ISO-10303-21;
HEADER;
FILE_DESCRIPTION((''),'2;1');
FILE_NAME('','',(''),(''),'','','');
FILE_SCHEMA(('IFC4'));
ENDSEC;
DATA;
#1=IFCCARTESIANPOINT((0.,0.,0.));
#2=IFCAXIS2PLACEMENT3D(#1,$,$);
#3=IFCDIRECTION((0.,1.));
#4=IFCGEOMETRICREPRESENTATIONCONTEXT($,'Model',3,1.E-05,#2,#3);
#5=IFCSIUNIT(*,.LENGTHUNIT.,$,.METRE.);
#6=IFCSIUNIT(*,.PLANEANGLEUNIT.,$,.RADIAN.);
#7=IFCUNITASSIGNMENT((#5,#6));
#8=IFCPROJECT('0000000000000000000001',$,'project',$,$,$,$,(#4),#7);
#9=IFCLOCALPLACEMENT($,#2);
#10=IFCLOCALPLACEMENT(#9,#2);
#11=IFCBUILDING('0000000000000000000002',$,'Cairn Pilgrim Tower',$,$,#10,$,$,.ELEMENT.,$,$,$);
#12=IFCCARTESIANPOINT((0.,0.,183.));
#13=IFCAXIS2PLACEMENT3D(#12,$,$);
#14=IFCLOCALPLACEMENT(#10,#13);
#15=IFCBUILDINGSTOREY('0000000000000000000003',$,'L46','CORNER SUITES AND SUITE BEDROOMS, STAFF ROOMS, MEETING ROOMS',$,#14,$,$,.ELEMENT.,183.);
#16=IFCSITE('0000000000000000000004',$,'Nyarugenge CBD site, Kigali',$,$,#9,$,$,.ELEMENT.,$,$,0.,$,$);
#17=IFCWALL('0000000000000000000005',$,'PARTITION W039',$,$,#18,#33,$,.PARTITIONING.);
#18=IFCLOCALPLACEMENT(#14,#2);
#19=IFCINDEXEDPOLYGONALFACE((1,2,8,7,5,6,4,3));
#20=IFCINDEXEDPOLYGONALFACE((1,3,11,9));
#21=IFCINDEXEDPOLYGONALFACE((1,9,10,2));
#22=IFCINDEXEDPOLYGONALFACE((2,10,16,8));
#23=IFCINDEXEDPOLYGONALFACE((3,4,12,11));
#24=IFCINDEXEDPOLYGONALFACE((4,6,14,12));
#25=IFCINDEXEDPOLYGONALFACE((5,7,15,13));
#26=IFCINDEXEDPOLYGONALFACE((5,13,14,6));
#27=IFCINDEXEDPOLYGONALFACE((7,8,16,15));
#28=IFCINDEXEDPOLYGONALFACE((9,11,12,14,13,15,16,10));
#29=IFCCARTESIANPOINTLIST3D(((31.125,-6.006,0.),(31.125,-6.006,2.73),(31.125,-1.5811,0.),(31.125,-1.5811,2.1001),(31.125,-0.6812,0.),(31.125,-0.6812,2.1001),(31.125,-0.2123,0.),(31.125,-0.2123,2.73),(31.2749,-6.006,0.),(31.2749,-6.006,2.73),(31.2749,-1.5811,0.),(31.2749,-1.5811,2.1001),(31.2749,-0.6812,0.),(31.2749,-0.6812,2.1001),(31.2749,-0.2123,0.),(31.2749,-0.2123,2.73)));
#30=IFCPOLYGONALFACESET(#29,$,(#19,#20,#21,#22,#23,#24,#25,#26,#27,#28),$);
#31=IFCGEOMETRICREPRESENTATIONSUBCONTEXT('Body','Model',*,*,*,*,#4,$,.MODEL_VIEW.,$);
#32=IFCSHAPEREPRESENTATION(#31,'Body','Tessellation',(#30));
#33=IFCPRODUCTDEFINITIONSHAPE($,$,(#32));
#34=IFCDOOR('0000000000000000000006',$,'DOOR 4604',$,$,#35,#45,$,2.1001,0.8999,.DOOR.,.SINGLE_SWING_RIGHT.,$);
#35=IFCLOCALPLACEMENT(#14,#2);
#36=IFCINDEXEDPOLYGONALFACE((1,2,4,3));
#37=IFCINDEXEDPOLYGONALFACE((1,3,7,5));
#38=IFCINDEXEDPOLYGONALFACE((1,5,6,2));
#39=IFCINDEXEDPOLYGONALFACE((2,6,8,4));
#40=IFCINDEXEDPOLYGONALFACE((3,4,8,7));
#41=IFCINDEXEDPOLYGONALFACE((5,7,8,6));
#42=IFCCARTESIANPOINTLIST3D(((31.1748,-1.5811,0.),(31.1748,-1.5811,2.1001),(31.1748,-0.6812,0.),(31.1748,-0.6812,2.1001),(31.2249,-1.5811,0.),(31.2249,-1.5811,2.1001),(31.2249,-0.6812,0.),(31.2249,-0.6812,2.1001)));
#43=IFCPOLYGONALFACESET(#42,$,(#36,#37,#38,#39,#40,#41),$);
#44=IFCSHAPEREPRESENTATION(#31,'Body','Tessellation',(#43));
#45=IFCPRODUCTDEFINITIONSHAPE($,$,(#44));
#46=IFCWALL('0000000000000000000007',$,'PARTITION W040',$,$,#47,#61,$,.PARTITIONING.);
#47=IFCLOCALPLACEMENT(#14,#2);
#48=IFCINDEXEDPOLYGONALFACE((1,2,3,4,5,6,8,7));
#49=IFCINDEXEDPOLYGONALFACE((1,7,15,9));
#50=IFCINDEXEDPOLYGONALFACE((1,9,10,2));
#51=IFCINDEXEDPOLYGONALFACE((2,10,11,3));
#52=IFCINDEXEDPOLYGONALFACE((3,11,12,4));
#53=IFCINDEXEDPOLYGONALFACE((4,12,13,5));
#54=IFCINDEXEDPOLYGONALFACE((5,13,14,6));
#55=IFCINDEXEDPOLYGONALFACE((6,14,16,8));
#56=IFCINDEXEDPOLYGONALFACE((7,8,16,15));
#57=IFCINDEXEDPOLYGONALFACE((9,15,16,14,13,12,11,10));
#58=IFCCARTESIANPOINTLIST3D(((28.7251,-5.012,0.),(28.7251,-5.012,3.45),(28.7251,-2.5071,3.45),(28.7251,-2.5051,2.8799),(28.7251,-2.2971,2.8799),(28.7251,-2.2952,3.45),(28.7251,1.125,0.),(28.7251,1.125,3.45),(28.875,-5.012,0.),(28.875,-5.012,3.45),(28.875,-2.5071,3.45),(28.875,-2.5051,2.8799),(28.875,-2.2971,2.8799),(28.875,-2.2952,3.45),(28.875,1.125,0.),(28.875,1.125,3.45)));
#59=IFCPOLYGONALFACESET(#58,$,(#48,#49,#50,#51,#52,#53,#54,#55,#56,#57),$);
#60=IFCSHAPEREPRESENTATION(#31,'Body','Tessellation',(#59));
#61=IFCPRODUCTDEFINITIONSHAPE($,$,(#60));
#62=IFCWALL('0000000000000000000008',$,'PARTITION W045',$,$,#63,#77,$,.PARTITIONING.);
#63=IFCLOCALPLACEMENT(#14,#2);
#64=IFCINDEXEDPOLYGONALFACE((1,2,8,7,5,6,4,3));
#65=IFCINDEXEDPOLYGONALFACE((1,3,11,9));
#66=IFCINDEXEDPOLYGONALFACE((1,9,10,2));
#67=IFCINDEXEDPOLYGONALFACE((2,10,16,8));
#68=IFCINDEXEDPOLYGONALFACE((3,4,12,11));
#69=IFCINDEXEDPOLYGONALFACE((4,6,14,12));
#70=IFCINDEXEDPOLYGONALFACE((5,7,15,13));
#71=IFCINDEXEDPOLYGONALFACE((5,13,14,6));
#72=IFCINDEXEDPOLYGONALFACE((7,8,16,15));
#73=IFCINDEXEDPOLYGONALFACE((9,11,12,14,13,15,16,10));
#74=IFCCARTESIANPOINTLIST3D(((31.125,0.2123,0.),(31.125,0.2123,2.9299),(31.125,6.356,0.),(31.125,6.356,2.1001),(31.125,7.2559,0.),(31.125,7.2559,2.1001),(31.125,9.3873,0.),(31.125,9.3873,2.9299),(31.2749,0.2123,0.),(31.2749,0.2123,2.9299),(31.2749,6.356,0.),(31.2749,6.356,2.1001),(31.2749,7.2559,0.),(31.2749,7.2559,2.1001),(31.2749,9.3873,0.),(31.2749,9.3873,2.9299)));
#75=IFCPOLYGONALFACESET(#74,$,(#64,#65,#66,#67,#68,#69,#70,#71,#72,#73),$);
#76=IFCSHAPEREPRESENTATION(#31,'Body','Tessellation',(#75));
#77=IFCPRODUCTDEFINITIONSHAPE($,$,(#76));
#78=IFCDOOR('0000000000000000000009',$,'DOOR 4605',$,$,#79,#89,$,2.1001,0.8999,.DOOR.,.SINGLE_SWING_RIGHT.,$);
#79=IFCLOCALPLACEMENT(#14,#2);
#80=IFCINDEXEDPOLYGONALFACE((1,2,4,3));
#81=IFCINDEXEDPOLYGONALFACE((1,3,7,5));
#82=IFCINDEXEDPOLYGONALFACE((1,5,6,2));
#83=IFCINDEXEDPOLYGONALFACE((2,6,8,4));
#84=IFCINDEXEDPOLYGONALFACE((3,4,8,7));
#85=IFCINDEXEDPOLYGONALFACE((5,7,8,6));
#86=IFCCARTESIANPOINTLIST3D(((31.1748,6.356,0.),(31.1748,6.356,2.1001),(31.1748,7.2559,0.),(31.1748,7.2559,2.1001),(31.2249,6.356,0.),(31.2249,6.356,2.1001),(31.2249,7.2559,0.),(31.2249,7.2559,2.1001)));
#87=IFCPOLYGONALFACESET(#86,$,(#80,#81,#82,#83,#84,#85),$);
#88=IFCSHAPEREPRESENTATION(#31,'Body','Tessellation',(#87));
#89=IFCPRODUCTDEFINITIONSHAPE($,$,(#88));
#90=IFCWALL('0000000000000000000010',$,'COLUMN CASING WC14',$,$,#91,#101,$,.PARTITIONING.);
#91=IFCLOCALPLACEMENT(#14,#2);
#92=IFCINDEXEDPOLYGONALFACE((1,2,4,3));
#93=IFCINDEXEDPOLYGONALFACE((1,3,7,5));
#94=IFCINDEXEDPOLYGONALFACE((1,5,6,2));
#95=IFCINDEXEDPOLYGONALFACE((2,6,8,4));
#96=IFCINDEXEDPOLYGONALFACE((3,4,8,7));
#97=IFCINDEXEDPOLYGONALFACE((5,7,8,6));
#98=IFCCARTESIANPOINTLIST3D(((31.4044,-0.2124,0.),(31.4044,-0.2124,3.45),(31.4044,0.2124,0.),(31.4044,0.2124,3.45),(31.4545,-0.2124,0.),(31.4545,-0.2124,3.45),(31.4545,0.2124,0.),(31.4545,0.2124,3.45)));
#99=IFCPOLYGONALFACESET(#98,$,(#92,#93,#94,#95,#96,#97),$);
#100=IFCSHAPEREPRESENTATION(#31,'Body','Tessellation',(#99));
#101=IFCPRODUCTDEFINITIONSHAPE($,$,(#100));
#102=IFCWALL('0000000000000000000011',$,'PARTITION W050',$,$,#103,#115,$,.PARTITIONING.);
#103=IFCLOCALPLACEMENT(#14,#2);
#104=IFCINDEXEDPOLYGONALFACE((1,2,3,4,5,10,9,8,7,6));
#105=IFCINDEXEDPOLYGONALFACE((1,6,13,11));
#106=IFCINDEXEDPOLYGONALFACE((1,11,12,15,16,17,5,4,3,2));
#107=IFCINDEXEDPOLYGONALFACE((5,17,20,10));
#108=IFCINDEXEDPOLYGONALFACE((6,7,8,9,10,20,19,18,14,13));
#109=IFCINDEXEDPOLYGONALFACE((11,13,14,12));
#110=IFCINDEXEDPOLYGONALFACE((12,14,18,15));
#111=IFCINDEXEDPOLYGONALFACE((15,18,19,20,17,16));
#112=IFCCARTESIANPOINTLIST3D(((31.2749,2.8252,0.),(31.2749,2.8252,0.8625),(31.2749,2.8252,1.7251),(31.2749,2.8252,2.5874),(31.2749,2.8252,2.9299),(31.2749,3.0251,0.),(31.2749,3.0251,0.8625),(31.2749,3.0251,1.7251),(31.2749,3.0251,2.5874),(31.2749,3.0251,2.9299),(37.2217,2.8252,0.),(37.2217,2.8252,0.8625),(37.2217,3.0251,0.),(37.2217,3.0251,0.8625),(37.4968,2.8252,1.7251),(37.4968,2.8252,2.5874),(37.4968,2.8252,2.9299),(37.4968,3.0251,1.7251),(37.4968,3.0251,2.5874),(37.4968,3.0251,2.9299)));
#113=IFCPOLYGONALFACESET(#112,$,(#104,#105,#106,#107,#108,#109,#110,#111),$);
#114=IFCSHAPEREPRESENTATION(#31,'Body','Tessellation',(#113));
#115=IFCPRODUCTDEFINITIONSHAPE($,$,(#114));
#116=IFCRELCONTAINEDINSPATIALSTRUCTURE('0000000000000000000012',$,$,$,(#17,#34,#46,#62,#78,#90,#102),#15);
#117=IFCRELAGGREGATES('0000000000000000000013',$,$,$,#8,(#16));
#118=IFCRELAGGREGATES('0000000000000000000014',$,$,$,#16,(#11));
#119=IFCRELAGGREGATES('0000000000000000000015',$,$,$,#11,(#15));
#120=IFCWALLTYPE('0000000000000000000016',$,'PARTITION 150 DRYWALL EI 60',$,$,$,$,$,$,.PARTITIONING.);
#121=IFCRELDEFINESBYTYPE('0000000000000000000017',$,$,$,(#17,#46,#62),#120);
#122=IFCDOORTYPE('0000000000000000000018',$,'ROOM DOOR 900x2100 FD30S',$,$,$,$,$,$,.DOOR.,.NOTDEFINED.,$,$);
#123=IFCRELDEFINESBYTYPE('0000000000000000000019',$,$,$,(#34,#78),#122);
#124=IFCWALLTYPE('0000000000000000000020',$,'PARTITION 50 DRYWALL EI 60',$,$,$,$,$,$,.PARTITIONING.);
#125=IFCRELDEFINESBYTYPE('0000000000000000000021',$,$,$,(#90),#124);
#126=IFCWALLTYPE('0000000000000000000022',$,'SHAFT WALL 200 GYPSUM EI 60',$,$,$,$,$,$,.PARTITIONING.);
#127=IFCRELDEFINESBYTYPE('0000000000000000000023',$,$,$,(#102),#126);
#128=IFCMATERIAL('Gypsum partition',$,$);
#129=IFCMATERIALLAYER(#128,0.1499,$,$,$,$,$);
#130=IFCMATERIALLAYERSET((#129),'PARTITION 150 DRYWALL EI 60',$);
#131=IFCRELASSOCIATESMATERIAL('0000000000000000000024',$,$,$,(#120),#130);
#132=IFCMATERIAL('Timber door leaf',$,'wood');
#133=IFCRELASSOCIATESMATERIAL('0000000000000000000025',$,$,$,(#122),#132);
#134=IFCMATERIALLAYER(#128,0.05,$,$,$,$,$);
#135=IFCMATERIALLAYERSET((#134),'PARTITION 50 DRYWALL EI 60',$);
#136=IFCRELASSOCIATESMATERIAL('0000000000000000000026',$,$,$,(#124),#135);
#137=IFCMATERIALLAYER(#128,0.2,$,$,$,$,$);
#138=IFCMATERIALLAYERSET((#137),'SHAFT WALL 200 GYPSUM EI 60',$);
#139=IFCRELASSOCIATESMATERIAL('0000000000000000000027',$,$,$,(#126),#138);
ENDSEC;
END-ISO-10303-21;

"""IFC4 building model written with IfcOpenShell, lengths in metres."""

from ifc_helpers import new_model, si_unit, direction, frame, frame_2d, origin, place, context, subcontext, project, spatial, polyline, rectangle, outline, extrude, material, layer, layer_set, type_object, element, fill, save


model = new_model("IFC4")

# Units and contexts
model_context = context("Model", 3, precision=1e-05, world=origin(), true_north=direction((0.0, 1.0)))
body_context = subcontext(model_context, "Body", "Model", "MODEL_VIEW")
ifc_project = project(units=[si_unit("LENGTHUNIT", "METRE"), si_unit("PLANEANGLEUNIT", "RADIAN")], contexts=[model_context])

# Site, building, storey
site_placement = place(None, origin())
site = spatial("IfcSite", under=ifc_project, at=site_placement, Name="Nyarugenge CBD site, Kigali", CompositionType="ELEMENT", RefElevation=0.0)
building_placement = place(site_placement, origin())
building = spatial("IfcBuilding", under=site, at=building_placement, Name="Cairn Pilgrim Tower", CompositionType="ELEMENT")
storey_placement = place(building_placement, frame((0.0, 0.0, 183.0)))
storey = spatial("IfcBuildingStorey", under=building, at=storey_placement, Name="L46", Description="CORNER SUITES AND SUITE BEDROOMS, STAFF ROOMS, MEETING ROOMS", CompositionType="ELEMENT", Elevation=183.0)

# Shared definitions
ifc_material_1 = material(Name="Gypsum partition")
ifc_material_2 = material(Name="Timber door leaf", Category="wood")

# Shared definitions
ifc_layer_1 = layer(ifc_material_1, 0.1499)
ifc_layer_set_1 = layer_set([ifc_layer_1], Name="PARTITION 150 DRYWALL EI 60")
wall_type_1 = type_object("IfcWallType", Name="PARTITION 150 DRYWALL EI 60", PredefinedType="PARTITIONING", material=ifc_layer_set_1)

# Wall, opening, door
wall_1_placement = place(storey_placement, frame((31.2, -6.0061, 0.0), z_axis=(0.0, 0.0, 1.0), x_axis=(0.0, 1.0, 0.0)))
wall_1 = element("IfcWall", 1, at=wall_1_placement, inside=storey, type_object=wall_type_1, Name="PARTITION W039", PredefinedType="PARTITIONING", context=body_context, shape_type="SweptSolid", body=[
    extrude(rectangle(XDim=5.7937, YDim=0.1499, at=frame_2d((2.897, 0.0))), origin(), (0.0, 0.0, 1.0), 2.73),
])
opening_1_placement = place(wall_1_placement, frame((4.425, 0.0, 0.0)))
opening_1 = element("IfcOpeningElement", 2, at=opening_1_placement, cuts=wall_1, PredefinedType="OPENING", context=body_context, shape_type="SweptSolid", body=[
    extrude(rectangle(XDim=0.8999, YDim=2.1001, at=frame_2d((0.45, 1.05))), frame((0.0, 0.085, 0.0), z_axis=(0.0, -1.0, 0.0), x_axis=(1.0, 0.0, 0.0)), (0.0, 0.0, 1.0), 0.1699),
])
door_type_1 = type_object("IfcDoorType", Name="ROOM DOOR 900x2100 FD30S", OperationType="NOTDEFINED", PredefinedType="DOOR", material=ifc_material_2)
door_1_placement = place(opening_1_placement, frame((0.8999, 0.0, 0.0), z_axis=(0.0, 0.0, 1.0), x_axis=(-1.0, 0.0, 0.0)))
door_1 = element("IfcDoor", 3, at=door_1_placement, inside=storey, type_object=door_type_1, Name="DOOR 4604", OperationType="SINGLE_SWING_RIGHT", OverallHeight=2.1001, OverallWidth=0.8999, PredefinedType="DOOR", context=body_context, shape_type="SweptSolid", body=[
    extrude(rectangle(XDim=0.8999, YDim=2.1001, at=frame_2d((0.45, 1.05))), frame((0.0, 0.0249, 0.0), z_axis=(0.0, -1.0, 0.0), x_axis=(1.0, 0.0, 0.0)), (0.0, 0.0, 1.0), 0.05),
])
fill(opening_1, door_1)

# Wall
wall_2_placement = place(storey_placement, frame((28.8, -5.012, 0.0), z_axis=(0.0, 0.0, 1.0), x_axis=(0.0, 1.0, 0.0)))
element("IfcWall", 4, at=wall_2_placement, inside=storey, type_object=wall_type_1, Name="PARTITION W040", PredefinedType="PARTITIONING", context=body_context, shape_type="SweptSolid", body=[
    extrude(outline(polyline([(0.0, 0.0), (6.137, 0.0), (6.137, 3.45), (2.7168, 3.45), (2.7148, 2.8799), (2.5068, 2.8799), (2.5049, 3.45), (0.0, 3.45), (0.0, 0.0)])), frame((0.0, 0.075, 0.0), z_axis=(0.0, -1.0, 0.0), x_axis=(1.0, 0.0, 0.0)), (0.0, 0.0, 1.0), 0.1499),
])

# Wall, opening, door
wall_3_placement = place(storey_placement, frame((31.2, 0.2124, 0.0), z_axis=(0.0, 0.0, 1.0), x_axis=(0.0, 1.0, 0.0)))
wall_3 = element("IfcWall", 5, at=wall_3_placement, inside=storey, type_object=wall_type_1, Name="PARTITION W045", PredefinedType="PARTITIONING", context=body_context, shape_type="SweptSolid", body=[
    extrude(rectangle(XDim=9.175, YDim=0.1499, at=frame_2d((4.5874, 0.0))), origin(), (0.0, 0.0, 1.0), 2.9299),
])
opening_2_placement = place(wall_3_placement, frame((6.1436, 0.0, 0.0)))
opening_2 = element("IfcOpeningElement", 6, at=opening_2_placement, cuts=wall_3, PredefinedType="OPENING", context=body_context, shape_type="SweptSolid", body=[
    extrude(rectangle(XDim=0.8999, YDim=2.1001, at=frame_2d((0.45, 1.05))), frame((0.0, 0.085, 0.0), z_axis=(0.0, -1.0, 0.0), x_axis=(1.0, 0.0, 0.0)), (0.0, 0.0, 1.0), 0.1699),
])
door_2_placement = place(opening_2_placement, frame((0.8999, 0.0, 0.0), z_axis=(0.0, 0.0, 1.0), x_axis=(-1.0, 0.0, 0.0)))
door_2 = element("IfcDoor", 7, at=door_2_placement, inside=storey, type_object=door_type_1, Name="DOOR 4605", OperationType="SINGLE_SWING_RIGHT", OverallHeight=2.1001, OverallWidth=0.8999, PredefinedType="DOOR", context=body_context, shape_type="SweptSolid", body=[
    extrude(rectangle(XDim=0.8999, YDim=2.1001, at=frame_2d((0.45, 1.05))), frame((0.0, 0.0249, 0.0), z_axis=(0.0, -1.0, 0.0), x_axis=(1.0, 0.0, 0.0)), (0.0, 0.0, 1.0), 0.05),
])
fill(opening_2, door_2)

# Walls
ifc_layer_2 = layer(ifc_material_1, 0.05)
ifc_layer_set_2 = layer_set([ifc_layer_2], Name="PARTITION 50 DRYWALL EI 60")
wall_type_2 = type_object("IfcWallType", Name="PARTITION 50 DRYWALL EI 60", PredefinedType="PARTITIONING", material=ifc_layer_set_2)
wall_4_placement = place(storey_placement, frame((31.4294, -0.2124, 0.0), z_axis=(0.0, 0.0, 1.0), x_axis=(0.0, 1.0, 0.0)))
element("IfcWall", 8, at=wall_4_placement, inside=storey, type_object=wall_type_2, Name="COLUMN CASING WC14", PredefinedType="PARTITIONING", context=body_context, shape_type="SweptSolid", body=[
    extrude(rectangle(XDim=0.4248, YDim=0.05, at=frame_2d((0.2124, 0.0))), origin(), (0.0, 0.0, 1.0), 3.45),
])
ifc_layer_3 = layer(ifc_material_1, 0.2)
ifc_layer_set_3 = layer_set([ifc_layer_3], Name="SHAFT WALL 200 GYPSUM EI 60")
wall_type_3 = type_object("IfcWallType", Name="SHAFT WALL 200 GYPSUM EI 60", PredefinedType="PARTITIONING", material=ifc_layer_set_3)
wall_5_placement = place(storey_placement, frame((31.2749, 2.925, 0.0), z_axis=(0.0, 0.0, 1.0), x_axis=(1.0, 0.0, 0.0)))
element("IfcWall", 9, at=wall_5_placement, inside=storey, type_object=wall_type_3, Name="PARTITION W050", PredefinedType="PARTITIONING", context=body_context, shape_type="SweptSolid", body=[
    extrude(outline(polyline([(0.0, 0.0), (5.9468, 0.0), (5.9468, 0.8625), (6.2219, 1.7251), (6.2219, 2.5874), (6.2219, 2.9299), (0.0, 2.9299), (0.0, 2.5874), (0.0, 1.7251), (0.0, 0.8625), (0.0, 0.0)])), frame((0.0, 0.1001, 0.0), z_axis=(0.0, -1.0, 0.0), x_axis=(1.0, 0.0, 0.0)), (0.0, 0.0, 1.0), 0.2),
])

save(model, "model.ifc")
